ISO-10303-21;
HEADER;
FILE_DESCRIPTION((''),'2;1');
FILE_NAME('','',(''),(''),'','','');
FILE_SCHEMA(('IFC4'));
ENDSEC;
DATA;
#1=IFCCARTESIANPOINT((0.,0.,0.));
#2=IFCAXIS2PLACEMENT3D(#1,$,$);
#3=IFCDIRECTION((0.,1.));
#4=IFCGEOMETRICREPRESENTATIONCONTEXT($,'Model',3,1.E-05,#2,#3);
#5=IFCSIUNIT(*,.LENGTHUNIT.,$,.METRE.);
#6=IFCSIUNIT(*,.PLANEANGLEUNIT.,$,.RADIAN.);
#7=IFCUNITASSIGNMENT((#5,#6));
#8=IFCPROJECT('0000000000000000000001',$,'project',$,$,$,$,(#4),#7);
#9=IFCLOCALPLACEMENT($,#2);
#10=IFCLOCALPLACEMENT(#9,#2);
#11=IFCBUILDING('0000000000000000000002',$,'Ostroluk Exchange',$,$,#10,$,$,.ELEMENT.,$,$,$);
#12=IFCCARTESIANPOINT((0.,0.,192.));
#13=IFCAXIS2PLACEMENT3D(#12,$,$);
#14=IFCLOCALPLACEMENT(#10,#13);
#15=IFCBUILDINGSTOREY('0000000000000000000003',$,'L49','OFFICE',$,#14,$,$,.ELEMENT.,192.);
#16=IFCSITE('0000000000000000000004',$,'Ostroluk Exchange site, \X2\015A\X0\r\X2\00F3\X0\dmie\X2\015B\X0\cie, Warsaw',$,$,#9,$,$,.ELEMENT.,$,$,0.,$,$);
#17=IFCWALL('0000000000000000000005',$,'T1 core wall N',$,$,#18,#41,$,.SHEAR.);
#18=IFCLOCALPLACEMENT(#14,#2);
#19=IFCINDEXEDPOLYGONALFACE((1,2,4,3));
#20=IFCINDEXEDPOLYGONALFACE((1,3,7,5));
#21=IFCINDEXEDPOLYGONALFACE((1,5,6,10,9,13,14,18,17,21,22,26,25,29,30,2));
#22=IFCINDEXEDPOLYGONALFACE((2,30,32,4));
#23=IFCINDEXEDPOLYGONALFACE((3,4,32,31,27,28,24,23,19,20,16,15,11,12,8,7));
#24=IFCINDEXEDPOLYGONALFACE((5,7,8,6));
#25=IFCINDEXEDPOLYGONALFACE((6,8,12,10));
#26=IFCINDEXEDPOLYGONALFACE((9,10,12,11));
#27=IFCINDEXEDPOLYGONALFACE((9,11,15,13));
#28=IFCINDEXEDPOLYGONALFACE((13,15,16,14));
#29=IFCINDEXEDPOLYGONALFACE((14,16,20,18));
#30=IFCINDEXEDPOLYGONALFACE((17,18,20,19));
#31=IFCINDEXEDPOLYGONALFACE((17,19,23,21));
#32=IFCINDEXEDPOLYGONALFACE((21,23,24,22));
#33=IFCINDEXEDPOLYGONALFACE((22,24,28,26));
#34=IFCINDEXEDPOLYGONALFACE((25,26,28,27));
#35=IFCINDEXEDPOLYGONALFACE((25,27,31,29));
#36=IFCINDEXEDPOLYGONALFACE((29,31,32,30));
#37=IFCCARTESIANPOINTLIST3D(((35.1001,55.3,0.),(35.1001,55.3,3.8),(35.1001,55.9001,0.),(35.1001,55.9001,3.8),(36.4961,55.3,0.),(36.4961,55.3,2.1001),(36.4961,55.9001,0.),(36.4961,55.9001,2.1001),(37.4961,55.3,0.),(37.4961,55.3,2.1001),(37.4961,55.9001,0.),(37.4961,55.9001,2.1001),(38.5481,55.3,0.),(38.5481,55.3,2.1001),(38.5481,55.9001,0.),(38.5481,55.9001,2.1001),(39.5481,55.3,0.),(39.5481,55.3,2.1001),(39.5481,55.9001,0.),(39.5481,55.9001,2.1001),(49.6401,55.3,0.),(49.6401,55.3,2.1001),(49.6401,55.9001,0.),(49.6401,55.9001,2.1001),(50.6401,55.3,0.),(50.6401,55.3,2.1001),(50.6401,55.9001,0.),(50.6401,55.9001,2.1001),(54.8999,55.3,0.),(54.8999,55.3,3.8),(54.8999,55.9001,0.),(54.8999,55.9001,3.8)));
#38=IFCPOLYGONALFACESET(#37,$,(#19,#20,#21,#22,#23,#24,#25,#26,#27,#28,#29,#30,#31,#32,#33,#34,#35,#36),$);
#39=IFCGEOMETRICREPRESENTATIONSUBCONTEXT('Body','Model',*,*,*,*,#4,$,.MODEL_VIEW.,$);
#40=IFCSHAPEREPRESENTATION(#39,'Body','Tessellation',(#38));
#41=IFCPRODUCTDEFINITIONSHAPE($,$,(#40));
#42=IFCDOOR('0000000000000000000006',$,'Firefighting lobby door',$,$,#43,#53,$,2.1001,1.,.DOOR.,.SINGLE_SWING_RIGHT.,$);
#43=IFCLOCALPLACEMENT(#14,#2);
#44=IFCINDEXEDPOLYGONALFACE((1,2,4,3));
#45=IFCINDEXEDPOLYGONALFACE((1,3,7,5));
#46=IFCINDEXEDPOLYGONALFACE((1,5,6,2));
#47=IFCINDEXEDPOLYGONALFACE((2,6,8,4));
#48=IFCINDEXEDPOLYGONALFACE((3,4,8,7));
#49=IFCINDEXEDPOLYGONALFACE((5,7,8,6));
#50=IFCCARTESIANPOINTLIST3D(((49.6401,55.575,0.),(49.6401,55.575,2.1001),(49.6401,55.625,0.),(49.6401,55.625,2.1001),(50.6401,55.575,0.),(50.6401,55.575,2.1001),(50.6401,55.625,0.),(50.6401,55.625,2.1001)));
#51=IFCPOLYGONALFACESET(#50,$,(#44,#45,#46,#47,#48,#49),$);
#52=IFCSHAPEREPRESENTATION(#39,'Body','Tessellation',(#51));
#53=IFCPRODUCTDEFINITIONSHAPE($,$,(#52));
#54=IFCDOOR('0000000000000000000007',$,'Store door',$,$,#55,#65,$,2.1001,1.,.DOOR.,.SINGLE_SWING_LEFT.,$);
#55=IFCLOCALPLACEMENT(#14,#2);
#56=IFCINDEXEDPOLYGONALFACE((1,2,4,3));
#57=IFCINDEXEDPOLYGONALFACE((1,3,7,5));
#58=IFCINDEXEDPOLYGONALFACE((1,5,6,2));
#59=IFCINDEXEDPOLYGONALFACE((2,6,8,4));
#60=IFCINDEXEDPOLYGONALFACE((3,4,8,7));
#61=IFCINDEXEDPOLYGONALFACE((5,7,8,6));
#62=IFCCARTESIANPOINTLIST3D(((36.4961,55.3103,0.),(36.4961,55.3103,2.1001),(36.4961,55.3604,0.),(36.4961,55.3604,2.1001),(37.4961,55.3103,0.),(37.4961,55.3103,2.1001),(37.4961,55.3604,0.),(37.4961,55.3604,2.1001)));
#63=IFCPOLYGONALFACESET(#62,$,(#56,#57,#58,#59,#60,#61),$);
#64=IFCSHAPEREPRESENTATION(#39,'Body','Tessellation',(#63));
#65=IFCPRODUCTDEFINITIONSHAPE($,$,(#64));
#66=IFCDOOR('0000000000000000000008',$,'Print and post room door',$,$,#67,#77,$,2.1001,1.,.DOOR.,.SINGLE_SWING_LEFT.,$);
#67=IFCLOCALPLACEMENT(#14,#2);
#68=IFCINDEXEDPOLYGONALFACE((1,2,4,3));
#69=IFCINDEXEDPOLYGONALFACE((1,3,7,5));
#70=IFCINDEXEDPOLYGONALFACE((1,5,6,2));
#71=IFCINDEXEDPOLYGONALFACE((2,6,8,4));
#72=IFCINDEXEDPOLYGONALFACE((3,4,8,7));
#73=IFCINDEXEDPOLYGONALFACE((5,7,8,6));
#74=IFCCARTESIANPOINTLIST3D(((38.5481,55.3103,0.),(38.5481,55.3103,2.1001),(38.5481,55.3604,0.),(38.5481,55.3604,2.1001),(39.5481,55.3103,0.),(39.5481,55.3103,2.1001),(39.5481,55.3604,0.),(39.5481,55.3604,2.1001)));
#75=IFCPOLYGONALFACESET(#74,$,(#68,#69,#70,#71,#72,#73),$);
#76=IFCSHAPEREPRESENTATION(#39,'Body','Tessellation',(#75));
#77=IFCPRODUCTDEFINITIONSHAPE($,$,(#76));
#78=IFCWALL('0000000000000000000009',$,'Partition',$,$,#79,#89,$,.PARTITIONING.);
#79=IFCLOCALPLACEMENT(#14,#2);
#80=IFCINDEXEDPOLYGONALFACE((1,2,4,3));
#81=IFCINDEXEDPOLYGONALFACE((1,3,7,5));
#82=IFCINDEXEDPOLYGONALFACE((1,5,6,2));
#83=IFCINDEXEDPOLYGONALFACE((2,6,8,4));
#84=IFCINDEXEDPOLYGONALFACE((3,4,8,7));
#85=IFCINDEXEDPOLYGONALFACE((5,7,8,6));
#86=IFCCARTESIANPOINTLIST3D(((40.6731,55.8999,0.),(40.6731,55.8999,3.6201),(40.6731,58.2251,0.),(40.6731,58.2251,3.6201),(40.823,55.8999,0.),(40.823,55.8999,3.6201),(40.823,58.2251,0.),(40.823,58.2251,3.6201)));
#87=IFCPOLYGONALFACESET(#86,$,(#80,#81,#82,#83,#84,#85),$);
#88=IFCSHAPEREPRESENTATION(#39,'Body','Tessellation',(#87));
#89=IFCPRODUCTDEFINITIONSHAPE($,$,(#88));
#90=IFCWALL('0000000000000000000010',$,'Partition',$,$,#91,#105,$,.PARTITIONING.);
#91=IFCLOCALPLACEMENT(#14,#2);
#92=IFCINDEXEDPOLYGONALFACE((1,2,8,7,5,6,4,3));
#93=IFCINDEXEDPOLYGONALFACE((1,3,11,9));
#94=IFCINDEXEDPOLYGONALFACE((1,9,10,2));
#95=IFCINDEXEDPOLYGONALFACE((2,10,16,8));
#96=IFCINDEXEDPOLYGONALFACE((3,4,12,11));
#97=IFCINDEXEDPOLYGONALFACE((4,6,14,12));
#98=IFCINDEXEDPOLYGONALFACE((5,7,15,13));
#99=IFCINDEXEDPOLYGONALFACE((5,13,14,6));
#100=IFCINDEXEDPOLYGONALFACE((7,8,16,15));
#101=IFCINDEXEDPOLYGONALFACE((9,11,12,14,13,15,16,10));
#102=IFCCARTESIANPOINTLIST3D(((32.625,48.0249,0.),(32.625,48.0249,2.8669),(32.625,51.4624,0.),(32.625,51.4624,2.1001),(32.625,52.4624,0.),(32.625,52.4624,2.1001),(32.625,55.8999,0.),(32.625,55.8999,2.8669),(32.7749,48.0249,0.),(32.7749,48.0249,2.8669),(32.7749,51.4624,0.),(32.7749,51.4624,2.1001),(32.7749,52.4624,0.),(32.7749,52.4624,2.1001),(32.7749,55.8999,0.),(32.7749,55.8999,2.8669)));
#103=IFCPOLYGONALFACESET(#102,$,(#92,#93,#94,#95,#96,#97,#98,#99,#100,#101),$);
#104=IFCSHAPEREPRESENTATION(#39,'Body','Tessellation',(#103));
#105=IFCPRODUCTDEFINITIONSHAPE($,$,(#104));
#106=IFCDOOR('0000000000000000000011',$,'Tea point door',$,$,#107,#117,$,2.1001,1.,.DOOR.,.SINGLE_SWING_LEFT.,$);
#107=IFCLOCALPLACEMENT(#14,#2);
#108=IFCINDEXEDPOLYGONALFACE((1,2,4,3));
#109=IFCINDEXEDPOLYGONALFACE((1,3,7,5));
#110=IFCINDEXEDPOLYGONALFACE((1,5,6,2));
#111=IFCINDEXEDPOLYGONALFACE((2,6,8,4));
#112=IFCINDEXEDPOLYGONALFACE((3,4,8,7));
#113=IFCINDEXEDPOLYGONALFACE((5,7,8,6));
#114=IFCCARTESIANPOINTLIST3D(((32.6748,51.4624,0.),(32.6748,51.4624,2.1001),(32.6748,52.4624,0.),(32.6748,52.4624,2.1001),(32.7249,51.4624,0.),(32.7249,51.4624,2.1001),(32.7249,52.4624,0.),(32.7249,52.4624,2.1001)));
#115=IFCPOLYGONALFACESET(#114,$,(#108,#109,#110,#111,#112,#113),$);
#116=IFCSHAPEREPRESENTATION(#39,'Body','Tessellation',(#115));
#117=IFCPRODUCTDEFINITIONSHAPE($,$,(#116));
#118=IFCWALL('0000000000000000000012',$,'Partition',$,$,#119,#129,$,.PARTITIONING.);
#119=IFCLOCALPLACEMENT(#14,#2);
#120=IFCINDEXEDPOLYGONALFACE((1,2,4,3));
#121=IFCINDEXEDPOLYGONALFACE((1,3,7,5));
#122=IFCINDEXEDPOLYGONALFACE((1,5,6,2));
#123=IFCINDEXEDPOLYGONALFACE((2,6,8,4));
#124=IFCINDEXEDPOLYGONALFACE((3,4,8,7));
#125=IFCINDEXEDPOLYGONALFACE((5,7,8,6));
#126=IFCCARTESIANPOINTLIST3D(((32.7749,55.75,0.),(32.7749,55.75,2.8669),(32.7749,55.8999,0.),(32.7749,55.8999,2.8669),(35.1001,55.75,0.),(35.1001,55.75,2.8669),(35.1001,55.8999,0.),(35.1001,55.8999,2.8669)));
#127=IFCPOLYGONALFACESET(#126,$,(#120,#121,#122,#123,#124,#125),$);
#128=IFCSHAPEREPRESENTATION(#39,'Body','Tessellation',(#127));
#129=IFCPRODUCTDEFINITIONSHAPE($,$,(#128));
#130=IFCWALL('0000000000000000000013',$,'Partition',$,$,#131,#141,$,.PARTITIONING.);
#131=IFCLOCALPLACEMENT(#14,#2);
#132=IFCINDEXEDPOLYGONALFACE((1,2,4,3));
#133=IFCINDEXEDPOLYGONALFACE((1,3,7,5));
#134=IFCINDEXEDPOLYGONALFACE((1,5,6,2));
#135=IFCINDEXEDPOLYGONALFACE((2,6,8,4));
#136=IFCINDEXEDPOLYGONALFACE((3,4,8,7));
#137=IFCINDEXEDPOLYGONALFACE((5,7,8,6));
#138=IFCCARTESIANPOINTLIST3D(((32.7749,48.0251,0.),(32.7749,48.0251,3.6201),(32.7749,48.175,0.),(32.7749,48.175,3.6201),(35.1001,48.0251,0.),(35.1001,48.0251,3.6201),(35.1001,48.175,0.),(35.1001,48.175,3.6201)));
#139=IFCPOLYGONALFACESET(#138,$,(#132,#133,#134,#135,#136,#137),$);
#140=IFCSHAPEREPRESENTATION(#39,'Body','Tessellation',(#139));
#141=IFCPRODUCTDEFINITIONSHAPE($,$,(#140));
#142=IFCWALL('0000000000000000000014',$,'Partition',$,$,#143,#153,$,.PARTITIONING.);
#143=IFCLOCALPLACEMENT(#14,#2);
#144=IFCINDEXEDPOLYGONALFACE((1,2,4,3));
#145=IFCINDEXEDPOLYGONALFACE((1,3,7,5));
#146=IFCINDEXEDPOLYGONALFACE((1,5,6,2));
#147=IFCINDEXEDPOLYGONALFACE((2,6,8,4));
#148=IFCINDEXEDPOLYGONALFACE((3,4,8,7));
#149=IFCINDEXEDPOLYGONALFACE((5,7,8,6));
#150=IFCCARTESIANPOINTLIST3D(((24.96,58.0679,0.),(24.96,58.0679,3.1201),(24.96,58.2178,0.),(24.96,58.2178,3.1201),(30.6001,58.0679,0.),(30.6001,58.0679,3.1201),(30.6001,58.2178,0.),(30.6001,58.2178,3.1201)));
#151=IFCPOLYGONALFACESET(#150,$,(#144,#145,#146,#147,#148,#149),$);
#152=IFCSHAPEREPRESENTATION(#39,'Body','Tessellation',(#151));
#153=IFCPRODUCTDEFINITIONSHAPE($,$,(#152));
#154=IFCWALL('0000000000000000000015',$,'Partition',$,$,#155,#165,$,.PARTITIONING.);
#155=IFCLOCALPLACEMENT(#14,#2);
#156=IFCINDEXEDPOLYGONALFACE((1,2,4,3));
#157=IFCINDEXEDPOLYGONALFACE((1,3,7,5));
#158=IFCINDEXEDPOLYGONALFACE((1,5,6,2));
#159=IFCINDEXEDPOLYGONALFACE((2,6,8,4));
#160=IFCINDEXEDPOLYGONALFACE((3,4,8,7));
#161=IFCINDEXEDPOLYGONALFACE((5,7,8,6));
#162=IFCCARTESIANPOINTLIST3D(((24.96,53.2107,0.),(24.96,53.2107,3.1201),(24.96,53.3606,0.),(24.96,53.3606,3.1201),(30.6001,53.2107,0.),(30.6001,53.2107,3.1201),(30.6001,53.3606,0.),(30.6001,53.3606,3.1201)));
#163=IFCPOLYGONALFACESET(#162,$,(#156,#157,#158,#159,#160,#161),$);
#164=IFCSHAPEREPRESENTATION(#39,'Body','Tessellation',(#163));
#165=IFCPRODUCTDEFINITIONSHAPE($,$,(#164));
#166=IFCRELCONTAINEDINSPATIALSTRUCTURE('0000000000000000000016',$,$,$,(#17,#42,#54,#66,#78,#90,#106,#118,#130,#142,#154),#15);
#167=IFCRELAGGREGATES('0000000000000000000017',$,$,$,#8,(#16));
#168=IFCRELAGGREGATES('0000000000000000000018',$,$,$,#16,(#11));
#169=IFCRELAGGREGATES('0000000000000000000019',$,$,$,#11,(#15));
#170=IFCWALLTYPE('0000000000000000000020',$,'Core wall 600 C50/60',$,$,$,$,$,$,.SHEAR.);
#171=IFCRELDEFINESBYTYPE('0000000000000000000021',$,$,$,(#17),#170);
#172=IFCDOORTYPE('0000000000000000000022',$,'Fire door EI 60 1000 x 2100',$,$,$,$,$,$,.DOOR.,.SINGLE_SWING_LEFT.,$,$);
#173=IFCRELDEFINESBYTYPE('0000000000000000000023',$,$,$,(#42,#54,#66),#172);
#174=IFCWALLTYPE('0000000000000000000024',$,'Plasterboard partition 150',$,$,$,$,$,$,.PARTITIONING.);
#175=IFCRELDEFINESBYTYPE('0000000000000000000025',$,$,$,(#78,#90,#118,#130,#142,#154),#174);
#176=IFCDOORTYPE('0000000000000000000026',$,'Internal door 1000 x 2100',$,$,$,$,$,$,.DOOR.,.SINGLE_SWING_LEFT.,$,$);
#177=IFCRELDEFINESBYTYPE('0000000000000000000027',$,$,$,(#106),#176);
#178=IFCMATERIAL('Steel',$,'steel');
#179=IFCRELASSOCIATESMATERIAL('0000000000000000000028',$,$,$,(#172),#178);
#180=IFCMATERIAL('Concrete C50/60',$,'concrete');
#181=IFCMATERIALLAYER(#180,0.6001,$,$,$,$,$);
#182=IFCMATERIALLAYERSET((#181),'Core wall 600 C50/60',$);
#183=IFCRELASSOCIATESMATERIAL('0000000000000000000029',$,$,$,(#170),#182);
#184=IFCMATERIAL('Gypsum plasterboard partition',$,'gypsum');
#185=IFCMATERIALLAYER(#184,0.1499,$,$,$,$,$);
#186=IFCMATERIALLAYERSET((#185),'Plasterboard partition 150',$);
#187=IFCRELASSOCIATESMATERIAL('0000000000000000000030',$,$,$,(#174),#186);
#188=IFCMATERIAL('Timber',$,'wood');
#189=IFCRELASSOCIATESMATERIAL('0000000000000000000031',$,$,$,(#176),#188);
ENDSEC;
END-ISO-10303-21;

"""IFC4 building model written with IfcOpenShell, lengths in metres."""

from ifc_helpers import new_model, si_unit, direction, frame, frame_2d, origin, place, context, subcontext, project, spatial, rectangle, extrude, material, layer, layer_set, type_object, element, fill, save


model = new_model("IFC4")

# Units and contexts
model_context = context("Model", 3, precision=1e-05, world=origin(), true_north=direction((0.0, 1.0)))
body_context = subcontext(model_context, "Body", "Model", "MODEL_VIEW")
ifc_project = project(units=[si_unit("LENGTHUNIT", "METRE"), si_unit("PLANEANGLEUNIT", "RADIAN")], contexts=[model_context])

# Site, building, storey
site_placement = place(None, origin())
site = spatial("IfcSite", under=ifc_project, at=site_placement, Name="Ostroluk Exchange site, Śródmieście, Warsaw", CompositionType="ELEMENT", RefElevation=0.0)
building_placement = place(site_placement, origin())
building = spatial("IfcBuilding", under=site, at=building_placement, Name="Ostroluk Exchange", CompositionType="ELEMENT")
storey_placement = place(building_placement, frame((0.0, 0.0, 192.0)))
storey = spatial("IfcBuildingStorey", under=building, at=storey_placement, Name="L49", Description="OFFICE", CompositionType="ELEMENT", Elevation=192.0)

# Wall, openings, doors
ifc_material_1 = material(Name="Steel", Category="steel")
door_type_1 = type_object("IfcDoorType", Name="Fire door EI 60 1000 x 2100", OperationType="SINGLE_SWING_LEFT", PredefinedType="DOOR", material=ifc_material_1)
ifc_material_2 = material(Name="Concrete C50/60", Category="concrete")
ifc_layer_1 = layer(ifc_material_2, 0.6001)
ifc_layer_set_1 = layer_set([ifc_layer_1], Name="Core wall 600 C50/60")
wall_type_1 = type_object("IfcWallType", Name="Core wall 600 C50/60", PredefinedType="SHEAR", material=ifc_layer_set_1)
wall_1_placement = place(storey_placement, frame((35.1001, 55.6001, 0.0), z_axis=(0.0, 0.0, 1.0), x_axis=(1.0, 0.0, 0.0)))
wall_1 = element("IfcWall", 1, at=wall_1_placement, inside=storey, type_object=wall_type_1, Name="T1 core wall N", PredefinedType="SHEAR", context=body_context, shape_type="SweptSolid", body=[
    extrude(rectangle(XDim=19.7998, YDim=0.6001, at=frame_2d((9.8999, 0.0))), origin(), (0.0, 0.0, 1.0), 3.8),
])
opening_1_placement = place(wall_1_placement, frame((14.54, 0.0, 0.0)))
opening_1 = element("IfcOpeningElement", 2, at=opening_1_placement, cuts=wall_1, PredefinedType="OPENING", context=body_context, shape_type="SweptSolid", body=[
    extrude(rectangle(XDim=1.0, YDim=2.1001, at=frame_2d((0.5, 1.05))), frame((0.0, 0.3101, 0.0), z_axis=(0.0, -1.0, 0.0), x_axis=(1.0, 0.0, 0.0)), (0.0, 0.0, 1.0), 0.6201),
])
opening_2_placement = place(wall_1_placement, frame((1.396, 0.0, 0.0)))
opening_2 = element("IfcOpeningElement", 3, at=opening_2_placement, cuts=wall_1, PredefinedType="OPENING", context=body_context, shape_type="SweptSolid", body=[
    extrude(rectangle(XDim=1.0, YDim=2.1001, at=frame_2d((0.5, 1.05))), frame((0.0, 0.3101, 0.0), z_axis=(0.0, -1.0, 0.0), x_axis=(1.0, 0.0, 0.0)), (0.0, 0.0, 1.0), 0.6201),
])
opening_3_placement = place(wall_1_placement, frame((3.448, 0.0, 0.0)))
opening_3 = element("IfcOpeningElement", 4, at=opening_3_placement, cuts=wall_1, PredefinedType="OPENING", context=body_context, shape_type="SweptSolid", body=[
    extrude(rectangle(XDim=1.0, YDim=2.1001, at=frame_2d((0.5, 1.05))), frame((0.0, 0.3101, 0.0), z_axis=(0.0, -1.0, 0.0), x_axis=(1.0, 0.0, 0.0)), (0.0, 0.0, 1.0), 0.6201),
])
door_1_placement = place(opening_1_placement, origin())
door_1 = element("IfcDoor", 5, at=door_1_placement, inside=storey, type_object=door_type_1, Name="Firefighting lobby door", OperationType="SINGLE_SWING_RIGHT", OverallHeight=2.1001, OverallWidth=1.0, PredefinedType="DOOR", context=body_context, shape_type="SweptSolid", body=[
    extrude(rectangle(XDim=1.0, YDim=2.1001, at=frame_2d((0.5, 1.05))), frame((0.0, 0.0249, 0.0), z_axis=(0.0, -1.0, 0.0), x_axis=(1.0, 0.0, 0.0)), (0.0, 0.0, 1.0), 0.05),
])
fill(opening_1, door_1)
door_2_placement = place(opening_2_placement, origin())
door_2 = element("IfcDoor", 6, at=door_2_placement, inside=storey, type_object=door_type_1, Name="Store door", OperationType="SINGLE_SWING_LEFT", OverallHeight=2.1001, OverallWidth=1.0, PredefinedType="DOOR", context=body_context, shape_type="SweptSolid", body=[
    extrude(rectangle(XDim=1.0, YDim=2.1001, at=frame_2d((0.5, 1.05))), frame((0.0, -0.2397, 0.0), z_axis=(0.0, -1.0, 0.0), x_axis=(1.0, 0.0, 0.0)), (0.0, 0.0, 1.0), 0.05),
])
fill(opening_2, door_2)
door_3_placement = place(opening_3_placement, origin())
door_3 = element("IfcDoor", 7, at=door_3_placement, inside=storey, type_object=door_type_1, Name="Print and post room door", OperationType="SINGLE_SWING_LEFT", OverallHeight=2.1001, OverallWidth=1.0, PredefinedType="DOOR", context=body_context, shape_type="SweptSolid", body=[
    extrude(rectangle(XDim=1.0, YDim=2.1001, at=frame_2d((0.5, 1.05))), frame((0.0, -0.2397, 0.0), z_axis=(0.0, -1.0, 0.0), x_axis=(1.0, 0.0, 0.0)), (0.0, 0.0, 1.0), 0.05),
])
fill(opening_3, door_3)

# Wall
ifc_material_3 = material(Name="Gypsum plasterboard partition", Category="gypsum")
ifc_layer_2 = layer(ifc_material_3, 0.1499)
ifc_layer_set_2 = layer_set([ifc_layer_2], Name="Plasterboard partition 150")
wall_type_2 = type_object("IfcWallType", Name="Plasterboard partition 150", PredefinedType="PARTITIONING", material=ifc_layer_set_2)
wall_2_placement = place(storey_placement, frame((40.748, 55.8999, 0.0), z_axis=(0.0, 0.0, 1.0), x_axis=(0.0, 1.0, 0.0)))
element("IfcWall", 8, at=wall_2_placement, inside=storey, type_object=wall_type_2, Name="Partition", PredefinedType="PARTITIONING", context=body_context, shape_type="SweptSolid", body=[
    extrude(rectangle(XDim=2.3252, YDim=0.1499, at=frame_2d((1.1626, 0.0))), origin(), (0.0, 0.0, 1.0), 3.6201),
])

# Wall, opening, door
wall_3_placement = place(storey_placement, frame((32.7, 55.8999, 0.0), z_axis=(0.0, 0.0, 1.0), x_axis=(0.0, -1.0, 0.0)))
wall_3 = element("IfcWall", 9, at=wall_3_placement, inside=storey, type_object=wall_type_2, Name="Partition", PredefinedType="PARTITIONING", context=body_context, shape_type="SweptSolid", body=[
    extrude(rectangle(XDim=7.875, YDim=0.1499, at=frame_2d((3.9375, 0.0))), origin(), (0.0, 0.0, 1.0), 2.8669),
])
opening_4_placement = place(wall_3_placement, frame((3.4375, 0.0, 0.0)))
opening_4 = element("IfcOpeningElement", 10, at=opening_4_placement, cuts=wall_3, PredefinedType="OPENING", context=body_context, shape_type="SweptSolid", body=[
    extrude(rectangle(XDim=1.0, YDim=2.1001, at=frame_2d((0.5, 1.05))), frame((0.0, 0.085, 0.0), z_axis=(0.0, -1.0, 0.0), x_axis=(1.0, 0.0, 0.0)), (0.0, 0.0, 1.0), 0.1699),
])
ifc_material_4 = material(Name="Timber", Category="wood")
door_type_2 = type_object("IfcDoorType", Name="Internal door 1000 x 2100", OperationType="SINGLE_SWING_LEFT", PredefinedType="DOOR", material=ifc_material_4)
door_4_placement = place(opening_4_placement, origin())
door_4 = element("IfcDoor", 11, at=door_4_placement, inside=storey, type_object=door_type_2, Name="Tea point door", OperationType="SINGLE_SWING_LEFT", OverallHeight=2.1001, OverallWidth=1.0, PredefinedType="DOOR", context=body_context, shape_type="SweptSolid", body=[
    extrude(rectangle(XDim=1.0, YDim=2.1001, at=frame_2d((0.5, 1.05))), frame((0.0, 0.0249, 0.0), z_axis=(0.0, -1.0, 0.0), x_axis=(1.0, 0.0, 0.0)), (0.0, 0.0, 1.0), 0.05),
])
fill(opening_4, door_4)

# Walls
wall_4_placement = place(storey_placement, frame((35.1001, 55.825, 0.0), z_axis=(0.0, 0.0, 1.0), x_axis=(-1.0, 0.0, 0.0)))
element("IfcWall", 12, at=wall_4_placement, inside=storey, type_object=wall_type_2, Name="Partition", PredefinedType="PARTITIONING", context=body_context, shape_type="SweptSolid", body=[
    extrude(rectangle(XDim=2.3252, YDim=0.1499, at=frame_2d((1.1626, 0.0))), origin(), (0.0, 0.0, 1.0), 2.8669),
])
wall_5_placement = place(storey_placement, frame((35.1001, 48.1001, 0.0), z_axis=(0.0, 0.0, 1.0), x_axis=(-1.0, 0.0, 0.0)))
element("IfcWall", 13, at=wall_5_placement, inside=storey, type_object=wall_type_2, Name="Partition", PredefinedType="PARTITIONING", context=body_context, shape_type="SweptSolid", body=[
    extrude(rectangle(XDim=2.3252, YDim=0.1499, at=frame_2d((1.1626, 0.0))), origin(), (0.0, 0.0, 1.0), 3.6201),
])
for number, where, z_axis, x_axis, name in (
    (14, (30.6001, 58.1428, 0.0), (0.0, 0.0, 1.0), (-1.0, 0.0, 0.0), "Partition"),
    (15, (30.6001, 53.2856, 0.0), (0.0, 0.0, 1.0), (-1.0, 0.0, 0.0), "Partition"),
):
    element("IfcWall", number, at=place(storey_placement, frame(where, z_axis=z_axis, x_axis=x_axis)), inside=storey, type_object=wall_type_2, Name=name, PredefinedType="PARTITIONING", context=body_context, shape_type="SweptSolid", body=[
        extrude(rectangle(XDim=5.6401, YDim=0.1499, at=frame_2d((2.8201, 0.0))), origin(), (0.0, 0.0, 1.0), 3.1201),
    ])

save(model, "model.ifc")
